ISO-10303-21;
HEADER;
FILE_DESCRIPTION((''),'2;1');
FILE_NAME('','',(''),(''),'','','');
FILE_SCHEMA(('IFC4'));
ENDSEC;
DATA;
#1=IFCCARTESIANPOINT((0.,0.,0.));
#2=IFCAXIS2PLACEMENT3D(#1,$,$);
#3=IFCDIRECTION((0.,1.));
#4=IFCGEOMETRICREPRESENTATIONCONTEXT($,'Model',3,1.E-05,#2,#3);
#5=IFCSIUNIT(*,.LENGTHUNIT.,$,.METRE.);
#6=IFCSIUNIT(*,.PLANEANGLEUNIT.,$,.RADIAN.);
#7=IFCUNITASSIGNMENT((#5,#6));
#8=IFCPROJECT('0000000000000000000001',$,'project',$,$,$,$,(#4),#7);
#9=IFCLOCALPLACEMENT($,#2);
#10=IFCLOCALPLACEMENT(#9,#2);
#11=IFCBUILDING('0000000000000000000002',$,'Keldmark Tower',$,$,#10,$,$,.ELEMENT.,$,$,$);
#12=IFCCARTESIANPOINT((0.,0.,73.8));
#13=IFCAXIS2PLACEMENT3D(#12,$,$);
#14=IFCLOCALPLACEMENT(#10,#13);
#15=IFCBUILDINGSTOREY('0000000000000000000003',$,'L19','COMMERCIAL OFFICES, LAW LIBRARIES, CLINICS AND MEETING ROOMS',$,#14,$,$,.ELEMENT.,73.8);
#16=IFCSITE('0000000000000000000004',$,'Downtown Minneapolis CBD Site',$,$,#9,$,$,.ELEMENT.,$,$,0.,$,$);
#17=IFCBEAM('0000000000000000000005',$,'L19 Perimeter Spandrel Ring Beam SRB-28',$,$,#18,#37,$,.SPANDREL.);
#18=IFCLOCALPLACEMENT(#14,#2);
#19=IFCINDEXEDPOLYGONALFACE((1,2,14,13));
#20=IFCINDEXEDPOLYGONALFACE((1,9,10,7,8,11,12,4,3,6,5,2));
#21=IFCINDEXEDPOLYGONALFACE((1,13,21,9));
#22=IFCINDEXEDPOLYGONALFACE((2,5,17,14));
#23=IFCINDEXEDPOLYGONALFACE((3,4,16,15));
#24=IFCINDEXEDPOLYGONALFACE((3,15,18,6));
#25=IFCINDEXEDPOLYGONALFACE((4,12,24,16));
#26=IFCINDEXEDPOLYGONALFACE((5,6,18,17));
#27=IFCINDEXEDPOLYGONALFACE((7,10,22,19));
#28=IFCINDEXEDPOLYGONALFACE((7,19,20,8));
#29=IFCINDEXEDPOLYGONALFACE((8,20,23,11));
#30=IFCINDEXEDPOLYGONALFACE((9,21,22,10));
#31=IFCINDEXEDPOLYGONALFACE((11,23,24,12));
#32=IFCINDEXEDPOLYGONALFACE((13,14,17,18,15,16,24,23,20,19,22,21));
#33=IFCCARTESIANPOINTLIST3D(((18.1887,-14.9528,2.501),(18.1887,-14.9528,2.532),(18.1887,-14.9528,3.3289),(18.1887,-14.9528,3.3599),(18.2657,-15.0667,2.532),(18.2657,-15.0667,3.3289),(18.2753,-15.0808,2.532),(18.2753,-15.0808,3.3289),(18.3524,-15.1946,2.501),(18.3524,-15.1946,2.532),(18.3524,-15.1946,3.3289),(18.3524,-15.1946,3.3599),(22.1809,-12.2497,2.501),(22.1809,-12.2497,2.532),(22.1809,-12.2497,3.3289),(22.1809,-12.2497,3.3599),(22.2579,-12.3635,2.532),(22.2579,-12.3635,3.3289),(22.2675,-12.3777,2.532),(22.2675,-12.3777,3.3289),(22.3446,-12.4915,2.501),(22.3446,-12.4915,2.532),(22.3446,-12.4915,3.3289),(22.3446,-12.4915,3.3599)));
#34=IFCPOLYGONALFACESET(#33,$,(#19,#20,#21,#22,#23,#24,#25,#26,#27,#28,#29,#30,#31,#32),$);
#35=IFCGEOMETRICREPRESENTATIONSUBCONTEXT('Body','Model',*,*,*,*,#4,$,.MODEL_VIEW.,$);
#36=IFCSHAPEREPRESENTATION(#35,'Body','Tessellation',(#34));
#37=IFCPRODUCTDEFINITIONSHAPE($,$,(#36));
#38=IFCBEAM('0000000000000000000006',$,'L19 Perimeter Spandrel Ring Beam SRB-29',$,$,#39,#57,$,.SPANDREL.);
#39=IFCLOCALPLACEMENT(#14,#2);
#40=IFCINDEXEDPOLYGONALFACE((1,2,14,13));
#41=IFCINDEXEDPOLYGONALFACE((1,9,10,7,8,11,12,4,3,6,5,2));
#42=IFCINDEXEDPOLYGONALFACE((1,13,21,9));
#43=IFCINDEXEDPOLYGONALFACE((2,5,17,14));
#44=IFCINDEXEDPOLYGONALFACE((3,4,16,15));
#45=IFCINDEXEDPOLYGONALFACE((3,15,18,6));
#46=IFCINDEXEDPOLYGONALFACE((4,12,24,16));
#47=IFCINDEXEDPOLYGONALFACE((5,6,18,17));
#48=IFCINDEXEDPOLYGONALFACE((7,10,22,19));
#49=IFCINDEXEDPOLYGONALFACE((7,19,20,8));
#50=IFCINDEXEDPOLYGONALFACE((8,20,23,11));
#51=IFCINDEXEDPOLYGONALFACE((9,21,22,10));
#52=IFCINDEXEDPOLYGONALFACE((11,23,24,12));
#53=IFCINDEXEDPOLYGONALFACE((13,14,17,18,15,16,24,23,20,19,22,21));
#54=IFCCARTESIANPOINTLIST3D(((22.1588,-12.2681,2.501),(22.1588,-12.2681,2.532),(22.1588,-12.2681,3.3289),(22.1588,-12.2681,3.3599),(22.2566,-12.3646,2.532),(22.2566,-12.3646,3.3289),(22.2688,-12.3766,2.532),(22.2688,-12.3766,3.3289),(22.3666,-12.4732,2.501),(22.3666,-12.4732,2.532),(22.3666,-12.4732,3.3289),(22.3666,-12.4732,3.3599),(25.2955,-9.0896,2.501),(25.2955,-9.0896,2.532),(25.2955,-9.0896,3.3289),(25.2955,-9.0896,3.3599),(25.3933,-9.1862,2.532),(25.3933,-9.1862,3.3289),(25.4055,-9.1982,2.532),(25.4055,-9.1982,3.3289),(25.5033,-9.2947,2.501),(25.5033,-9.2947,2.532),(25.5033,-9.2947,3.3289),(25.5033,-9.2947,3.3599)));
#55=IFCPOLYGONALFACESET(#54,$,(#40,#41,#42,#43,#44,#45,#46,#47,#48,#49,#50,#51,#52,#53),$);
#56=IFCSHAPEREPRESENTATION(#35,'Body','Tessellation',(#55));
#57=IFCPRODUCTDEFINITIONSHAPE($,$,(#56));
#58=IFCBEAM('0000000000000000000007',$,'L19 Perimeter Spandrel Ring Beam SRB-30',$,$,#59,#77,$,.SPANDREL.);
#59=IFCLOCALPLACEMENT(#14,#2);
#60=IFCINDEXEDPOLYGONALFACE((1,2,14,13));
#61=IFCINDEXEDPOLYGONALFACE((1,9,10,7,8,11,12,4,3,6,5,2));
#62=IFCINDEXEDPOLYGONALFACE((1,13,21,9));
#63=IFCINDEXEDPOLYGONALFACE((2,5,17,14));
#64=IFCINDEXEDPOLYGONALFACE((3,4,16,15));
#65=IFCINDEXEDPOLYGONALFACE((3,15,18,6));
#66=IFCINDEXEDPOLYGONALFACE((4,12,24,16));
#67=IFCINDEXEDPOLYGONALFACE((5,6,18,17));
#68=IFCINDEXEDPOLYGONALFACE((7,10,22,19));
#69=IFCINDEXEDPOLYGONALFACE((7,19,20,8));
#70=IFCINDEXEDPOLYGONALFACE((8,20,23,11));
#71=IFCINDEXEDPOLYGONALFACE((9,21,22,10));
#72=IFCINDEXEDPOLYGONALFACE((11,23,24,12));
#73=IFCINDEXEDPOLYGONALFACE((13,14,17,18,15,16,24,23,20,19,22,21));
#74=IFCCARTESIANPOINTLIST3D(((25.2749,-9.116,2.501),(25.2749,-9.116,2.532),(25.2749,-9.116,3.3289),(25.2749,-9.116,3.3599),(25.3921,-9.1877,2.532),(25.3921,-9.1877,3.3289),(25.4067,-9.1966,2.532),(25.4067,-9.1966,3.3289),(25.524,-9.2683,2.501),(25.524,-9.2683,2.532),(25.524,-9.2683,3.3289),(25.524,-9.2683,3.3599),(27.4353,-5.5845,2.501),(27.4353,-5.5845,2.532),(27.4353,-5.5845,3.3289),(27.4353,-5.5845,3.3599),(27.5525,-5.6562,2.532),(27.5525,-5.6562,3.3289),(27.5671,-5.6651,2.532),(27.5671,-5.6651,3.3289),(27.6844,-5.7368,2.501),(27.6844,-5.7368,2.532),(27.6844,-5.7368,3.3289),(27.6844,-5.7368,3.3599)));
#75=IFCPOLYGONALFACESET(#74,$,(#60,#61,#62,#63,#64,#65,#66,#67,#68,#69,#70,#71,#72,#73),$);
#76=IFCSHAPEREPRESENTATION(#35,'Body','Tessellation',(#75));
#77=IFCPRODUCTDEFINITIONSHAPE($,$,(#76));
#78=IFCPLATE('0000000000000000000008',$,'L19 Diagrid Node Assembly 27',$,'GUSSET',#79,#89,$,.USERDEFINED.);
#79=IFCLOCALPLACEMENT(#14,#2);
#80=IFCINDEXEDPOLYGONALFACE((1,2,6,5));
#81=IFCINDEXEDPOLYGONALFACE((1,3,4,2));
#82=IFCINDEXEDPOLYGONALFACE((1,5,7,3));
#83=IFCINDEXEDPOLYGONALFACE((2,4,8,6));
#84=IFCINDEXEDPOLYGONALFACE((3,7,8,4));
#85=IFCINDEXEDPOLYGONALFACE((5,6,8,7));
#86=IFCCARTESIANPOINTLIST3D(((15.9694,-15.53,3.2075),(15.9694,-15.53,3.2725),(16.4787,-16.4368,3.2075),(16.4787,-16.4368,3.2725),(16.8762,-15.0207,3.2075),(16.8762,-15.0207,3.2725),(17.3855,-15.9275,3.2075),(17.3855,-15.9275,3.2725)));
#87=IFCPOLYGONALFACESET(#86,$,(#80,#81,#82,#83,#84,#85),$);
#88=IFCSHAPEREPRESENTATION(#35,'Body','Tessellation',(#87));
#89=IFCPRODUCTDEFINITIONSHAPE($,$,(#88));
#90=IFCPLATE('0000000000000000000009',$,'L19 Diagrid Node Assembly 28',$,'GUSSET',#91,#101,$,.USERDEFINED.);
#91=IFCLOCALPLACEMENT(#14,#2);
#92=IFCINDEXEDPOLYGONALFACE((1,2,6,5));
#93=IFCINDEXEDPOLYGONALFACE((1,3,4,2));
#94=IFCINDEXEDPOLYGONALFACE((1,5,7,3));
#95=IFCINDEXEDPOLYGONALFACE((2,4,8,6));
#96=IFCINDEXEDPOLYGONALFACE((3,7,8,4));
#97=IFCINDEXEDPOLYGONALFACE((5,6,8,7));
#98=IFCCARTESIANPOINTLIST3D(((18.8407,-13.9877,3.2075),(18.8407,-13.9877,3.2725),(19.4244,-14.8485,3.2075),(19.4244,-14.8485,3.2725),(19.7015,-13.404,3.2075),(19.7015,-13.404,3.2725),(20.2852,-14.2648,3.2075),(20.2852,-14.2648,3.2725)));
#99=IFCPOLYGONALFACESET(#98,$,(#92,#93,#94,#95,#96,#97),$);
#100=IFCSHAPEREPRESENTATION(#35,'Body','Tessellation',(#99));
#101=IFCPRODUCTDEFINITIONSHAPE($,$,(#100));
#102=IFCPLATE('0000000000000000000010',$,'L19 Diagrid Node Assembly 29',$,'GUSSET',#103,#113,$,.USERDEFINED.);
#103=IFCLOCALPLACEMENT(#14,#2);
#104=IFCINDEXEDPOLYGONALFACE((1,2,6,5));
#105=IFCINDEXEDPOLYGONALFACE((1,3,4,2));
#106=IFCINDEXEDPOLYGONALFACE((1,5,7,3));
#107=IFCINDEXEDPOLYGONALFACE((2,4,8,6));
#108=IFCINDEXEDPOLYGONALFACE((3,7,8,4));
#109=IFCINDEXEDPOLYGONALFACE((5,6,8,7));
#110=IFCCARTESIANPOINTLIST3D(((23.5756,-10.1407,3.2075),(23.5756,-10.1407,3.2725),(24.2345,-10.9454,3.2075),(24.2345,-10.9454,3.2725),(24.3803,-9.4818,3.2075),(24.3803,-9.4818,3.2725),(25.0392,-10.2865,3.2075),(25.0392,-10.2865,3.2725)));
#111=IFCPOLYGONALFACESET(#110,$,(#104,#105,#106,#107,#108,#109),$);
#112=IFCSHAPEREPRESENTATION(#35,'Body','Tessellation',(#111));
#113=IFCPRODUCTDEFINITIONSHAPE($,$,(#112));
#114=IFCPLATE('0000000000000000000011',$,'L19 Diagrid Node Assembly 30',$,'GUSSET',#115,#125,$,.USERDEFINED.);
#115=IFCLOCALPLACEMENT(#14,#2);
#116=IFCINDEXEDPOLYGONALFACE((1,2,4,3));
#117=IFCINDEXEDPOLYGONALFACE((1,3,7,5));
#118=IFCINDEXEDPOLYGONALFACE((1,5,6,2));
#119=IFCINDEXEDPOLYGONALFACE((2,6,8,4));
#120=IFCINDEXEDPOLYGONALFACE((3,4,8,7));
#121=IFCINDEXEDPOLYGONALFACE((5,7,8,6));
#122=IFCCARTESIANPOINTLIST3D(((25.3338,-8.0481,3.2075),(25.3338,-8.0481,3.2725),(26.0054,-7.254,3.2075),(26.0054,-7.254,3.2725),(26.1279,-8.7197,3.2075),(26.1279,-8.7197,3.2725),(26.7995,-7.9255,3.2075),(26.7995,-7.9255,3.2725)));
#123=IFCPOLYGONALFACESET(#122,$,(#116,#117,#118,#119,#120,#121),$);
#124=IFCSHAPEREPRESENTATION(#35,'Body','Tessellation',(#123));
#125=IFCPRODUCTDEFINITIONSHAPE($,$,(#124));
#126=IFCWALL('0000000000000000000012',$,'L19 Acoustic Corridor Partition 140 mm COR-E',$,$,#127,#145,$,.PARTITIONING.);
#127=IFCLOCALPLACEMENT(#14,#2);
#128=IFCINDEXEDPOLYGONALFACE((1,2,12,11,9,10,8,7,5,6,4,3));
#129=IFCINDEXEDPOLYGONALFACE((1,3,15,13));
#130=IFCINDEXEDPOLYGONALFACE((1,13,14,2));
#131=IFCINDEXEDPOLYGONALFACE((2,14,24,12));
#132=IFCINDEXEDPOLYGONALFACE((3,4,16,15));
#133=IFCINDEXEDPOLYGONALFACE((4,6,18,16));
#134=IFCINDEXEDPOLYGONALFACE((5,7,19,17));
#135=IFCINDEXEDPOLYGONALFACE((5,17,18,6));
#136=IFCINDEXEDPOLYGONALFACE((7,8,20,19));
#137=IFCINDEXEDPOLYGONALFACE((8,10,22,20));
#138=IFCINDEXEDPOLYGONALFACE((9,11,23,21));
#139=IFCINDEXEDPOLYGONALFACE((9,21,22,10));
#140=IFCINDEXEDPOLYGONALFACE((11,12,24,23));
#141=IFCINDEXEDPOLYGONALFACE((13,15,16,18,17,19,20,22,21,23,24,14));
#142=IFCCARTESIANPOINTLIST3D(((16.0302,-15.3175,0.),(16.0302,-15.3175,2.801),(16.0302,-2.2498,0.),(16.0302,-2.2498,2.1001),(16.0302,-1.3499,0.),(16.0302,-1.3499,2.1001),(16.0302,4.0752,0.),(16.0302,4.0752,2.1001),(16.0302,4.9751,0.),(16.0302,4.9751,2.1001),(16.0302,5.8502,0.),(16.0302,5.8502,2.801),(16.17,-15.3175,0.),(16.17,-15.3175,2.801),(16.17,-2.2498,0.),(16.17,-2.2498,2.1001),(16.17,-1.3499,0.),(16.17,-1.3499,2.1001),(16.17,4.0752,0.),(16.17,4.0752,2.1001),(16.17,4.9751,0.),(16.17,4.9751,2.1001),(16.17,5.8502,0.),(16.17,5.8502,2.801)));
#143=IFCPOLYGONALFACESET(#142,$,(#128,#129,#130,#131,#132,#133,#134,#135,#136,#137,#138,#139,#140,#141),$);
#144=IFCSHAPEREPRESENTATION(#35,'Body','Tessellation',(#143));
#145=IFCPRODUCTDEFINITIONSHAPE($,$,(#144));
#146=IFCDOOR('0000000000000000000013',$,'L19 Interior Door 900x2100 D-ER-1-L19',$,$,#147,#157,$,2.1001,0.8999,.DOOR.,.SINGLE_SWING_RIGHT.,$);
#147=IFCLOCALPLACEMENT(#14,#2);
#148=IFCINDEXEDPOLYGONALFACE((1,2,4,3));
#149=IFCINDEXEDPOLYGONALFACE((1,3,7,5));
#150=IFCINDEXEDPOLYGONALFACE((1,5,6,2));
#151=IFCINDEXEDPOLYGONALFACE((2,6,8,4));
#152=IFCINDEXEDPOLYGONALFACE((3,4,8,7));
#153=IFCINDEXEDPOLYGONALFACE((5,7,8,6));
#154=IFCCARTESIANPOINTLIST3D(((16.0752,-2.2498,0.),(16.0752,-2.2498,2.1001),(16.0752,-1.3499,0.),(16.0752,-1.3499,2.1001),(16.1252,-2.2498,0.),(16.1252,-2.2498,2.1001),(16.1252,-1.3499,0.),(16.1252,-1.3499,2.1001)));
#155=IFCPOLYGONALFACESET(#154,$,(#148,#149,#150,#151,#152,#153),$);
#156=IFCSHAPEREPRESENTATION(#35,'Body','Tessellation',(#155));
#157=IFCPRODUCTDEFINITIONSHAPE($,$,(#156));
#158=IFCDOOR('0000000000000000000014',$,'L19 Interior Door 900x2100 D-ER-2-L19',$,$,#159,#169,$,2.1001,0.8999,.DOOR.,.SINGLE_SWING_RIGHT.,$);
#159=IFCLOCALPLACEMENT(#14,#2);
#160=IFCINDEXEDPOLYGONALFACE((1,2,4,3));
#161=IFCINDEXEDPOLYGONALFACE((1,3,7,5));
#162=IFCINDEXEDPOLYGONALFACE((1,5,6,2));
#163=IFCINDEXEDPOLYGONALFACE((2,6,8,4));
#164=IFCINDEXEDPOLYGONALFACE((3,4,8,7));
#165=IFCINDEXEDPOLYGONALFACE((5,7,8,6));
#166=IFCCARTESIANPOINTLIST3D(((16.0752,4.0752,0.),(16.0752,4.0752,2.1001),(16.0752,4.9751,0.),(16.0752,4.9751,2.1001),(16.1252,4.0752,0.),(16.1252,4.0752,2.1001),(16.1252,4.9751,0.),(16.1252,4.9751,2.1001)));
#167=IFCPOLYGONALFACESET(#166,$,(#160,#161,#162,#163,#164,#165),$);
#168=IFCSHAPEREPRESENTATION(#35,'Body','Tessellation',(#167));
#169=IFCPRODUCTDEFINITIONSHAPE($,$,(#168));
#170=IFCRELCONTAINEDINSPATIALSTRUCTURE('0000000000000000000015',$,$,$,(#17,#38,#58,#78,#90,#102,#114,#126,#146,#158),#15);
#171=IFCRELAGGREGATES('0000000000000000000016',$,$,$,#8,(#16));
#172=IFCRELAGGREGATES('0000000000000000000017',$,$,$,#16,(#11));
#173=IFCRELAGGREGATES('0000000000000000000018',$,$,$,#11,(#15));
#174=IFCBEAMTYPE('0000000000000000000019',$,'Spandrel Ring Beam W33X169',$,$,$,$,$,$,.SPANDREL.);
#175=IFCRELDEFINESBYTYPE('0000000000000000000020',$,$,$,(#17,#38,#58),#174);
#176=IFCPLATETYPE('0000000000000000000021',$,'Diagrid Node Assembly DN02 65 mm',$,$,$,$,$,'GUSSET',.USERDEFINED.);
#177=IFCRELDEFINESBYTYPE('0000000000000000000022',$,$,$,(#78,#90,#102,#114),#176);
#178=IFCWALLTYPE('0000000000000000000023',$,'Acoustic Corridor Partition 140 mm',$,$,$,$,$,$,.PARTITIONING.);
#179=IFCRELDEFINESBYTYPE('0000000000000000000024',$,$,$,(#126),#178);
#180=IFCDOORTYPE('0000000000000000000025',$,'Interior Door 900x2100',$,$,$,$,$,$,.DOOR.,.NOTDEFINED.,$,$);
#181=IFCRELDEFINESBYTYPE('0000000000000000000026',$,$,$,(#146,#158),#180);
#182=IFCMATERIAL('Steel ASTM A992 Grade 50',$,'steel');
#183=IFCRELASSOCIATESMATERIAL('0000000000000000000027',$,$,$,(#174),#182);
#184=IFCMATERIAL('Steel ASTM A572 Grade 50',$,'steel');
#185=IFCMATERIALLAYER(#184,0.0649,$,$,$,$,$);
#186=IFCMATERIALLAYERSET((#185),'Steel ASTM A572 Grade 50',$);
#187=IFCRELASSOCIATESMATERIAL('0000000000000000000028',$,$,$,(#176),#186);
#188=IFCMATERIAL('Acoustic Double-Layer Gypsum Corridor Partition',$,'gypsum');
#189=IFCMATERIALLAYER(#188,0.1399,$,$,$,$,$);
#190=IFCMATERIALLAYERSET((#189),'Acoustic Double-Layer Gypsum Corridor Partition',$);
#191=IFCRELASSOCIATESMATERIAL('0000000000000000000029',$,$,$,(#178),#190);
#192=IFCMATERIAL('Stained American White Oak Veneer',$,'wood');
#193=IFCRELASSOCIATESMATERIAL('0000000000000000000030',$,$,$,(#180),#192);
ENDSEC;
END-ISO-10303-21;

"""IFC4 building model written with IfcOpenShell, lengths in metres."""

from ifc_helpers import new_model, si_unit, direction, frame, frame_2d, origin, origin_2d, place, context, subcontext, project, spatial, rectangle, i_section, extrude, material, layer, layer_set, material_profile, profile_set, type_object, element, fill, save


model = new_model("IFC4")

# Units and contexts
model_context = context("Model", 3, precision=1e-05, world=origin(), true_north=direction((0.0, 1.0)))
body_context = subcontext(model_context, "Body", "Model", "MODEL_VIEW")
ifc_project = project(units=[si_unit("LENGTHUNIT", "METRE"), si_unit("PLANEANGLEUNIT", "RADIAN")], contexts=[model_context])

# Site, building, storey
site_placement = place(None, origin())
site = spatial("IfcSite", under=ifc_project, at=site_placement, Name="Downtown Minneapolis CBD Site", CompositionType="ELEMENT", RefElevation=0.0)
building_placement = place(site_placement, origin())
building = spatial("IfcBuilding", under=site, at=building_placement, Name="Keldmark Tower", CompositionType="ELEMENT")
storey_placement = place(building_placement, frame((0.0, 0.0, 73.8)))
storey = spatial("IfcBuildingStorey", under=building, at=storey_placement, Name="L19", Description="COMMERCIAL OFFICES, LAW LIBRARIES, CLINICS AND MEETING ROOMS", CompositionType="ELEMENT", Elevation=73.8)

# Beams
ifc_material_1 = material(Name="Steel ASTM A992 Grade 50", Category="steel")
ifc_material_profile_1 = material_profile(ifc_material_1, i_section(OverallWidth=0.292, OverallDepth=0.8589, WebThickness=0.0171, FlangeThickness=0.031, at=origin_2d()), Name="W33X169")
ifc_profile_set_1 = profile_set([ifc_material_profile_1], Name="Steel ASTM A992 Grade 50")
beam_type_1 = type_object("IfcBeamType", Name="Spandrel Ring Beam W33X169", PredefinedType="SPANDREL", material=ifc_profile_set_1)
beam_1_placement = place(storey_placement, frame((18.2705, -15.0737, 2.9304), z_axis=(0.82804, 0.560669, 0.0), x_axis=(-0.560669, 0.82804, 0.0)))
element("IfcBeam", 1, at=beam_1_placement, inside=storey, type_object=beam_type_1, Name="L19 Perimeter Spandrel Ring Beam SRB-28", PredefinedType="SPANDREL", context=body_context, shape_type="SweptSolid", body=[
    extrude(i_section(OverallWidth=0.292, OverallDepth=0.8589, WebThickness=0.0171, FlangeThickness=0.031, at=origin_2d()), origin(), (0.0, 0.0, 1.0), 4.8213),
])
beam_2_placement = place(storey_placement, frame((22.2627, -12.3706, 2.9304), z_axis=(0.702417, 0.711766, 0.0), x_axis=(-0.711766, 0.702417, 0.0)))
element("IfcBeam", 2, at=beam_2_placement, inside=storey, type_object=beam_type_1, Name="L19 Perimeter Spandrel Ring Beam SRB-29", PredefinedType="SPANDREL", context=body_context, shape_type="SweptSolid", body=[
    extrude(i_section(OverallWidth=0.292, OverallDepth=0.8589, WebThickness=0.0171, FlangeThickness=0.031, at=origin_2d()), origin(), (0.0, 0.0, 1.0), 4.4656),
])
beam_3_placement = place(storey_placement, frame((25.3994, -9.1921, 2.9304), z_axis=(0.521848, 0.853038, 0.0), x_axis=(-0.853038, 0.521848, 0.0)))
element("IfcBeam", 3, at=beam_3_placement, inside=storey, type_object=beam_type_1, Name="L19 Perimeter Spandrel Ring Beam SRB-30", PredefinedType="SPANDREL", context=body_context, shape_type="SweptSolid", body=[
    extrude(i_section(OverallWidth=0.292, OverallDepth=0.8589, WebThickness=0.0171, FlangeThickness=0.031, at=origin_2d()), origin(), (0.0, 0.0, 1.0), 4.1399),
])

# Plates
ifc_material_2 = material(Name="Steel ASTM A572 Grade 50", Category="steel")
ifc_layer_1 = layer(ifc_material_2, 0.0649)
ifc_layer_set_1 = layer_set([ifc_layer_1], Name="Steel ASTM A572 Grade 50")
plate_type = type_object("IfcPlateType", Name="Diagrid Node Assembly DN02 65 mm", ElementType="GUSSET", PredefinedType="USERDEFINED", material=ifc_layer_set_1)
for number, where, z_axis, x_axis, name in (
    (4, (16.6775, -15.7288, 3.2075), (0.0, 0.0, 1.0), (0.871898, 0.489687, 0.0), "L19 Diagrid Node Assembly 27"),
    (5, (19.563, -14.1262, 3.2075), (0.0, 0.0, 1.0), (0.827669, 0.561217, 0.0), "L19 Diagrid Node Assembly 28"),
    (6, (24.3074, -10.2136, 3.2075), (0.0, 0.0, 1.0), (0.77373, 0.633516, 0.0), "L19 Diagrid Node Assembly 29"),
    (7, (26.0667, -7.9868, 3.2075), (0.0, 0.0, 1.0), (0.645724, 0.763571, 0.0), "L19 Diagrid Node Assembly 30"),
):
    element("IfcPlate", number, at=place(storey_placement, frame(where, z_axis=z_axis, x_axis=x_axis)), inside=storey, type_object=plate_type, Name=name, ObjectType="GUSSET", PredefinedType="USERDEFINED", context=body_context, shape_type="SweptSolid", body=[
        extrude(rectangle(XDim=1.04, YDim=1.04, at=origin_2d()), origin(), (0.0, 0.0, 1.0), 0.0649),
    ])

# Wall, openings, doors
ifc_material_3 = material(Name="Acoustic Double-Layer Gypsum Corridor Partition", Category="gypsum")
ifc_layer_2 = layer(ifc_material_3, 0.1399)
ifc_layer_set_2 = layer_set([ifc_layer_2], Name="Acoustic Double-Layer Gypsum Corridor Partition")
wall_type_1 = type_object("IfcWallType", Name="Acoustic Corridor Partition 140 mm", PredefinedType="PARTITIONING", material=ifc_layer_set_2)
wall_1_placement = place(storey_placement, frame((16.1001, -15.3176, 0.0), z_axis=(0.0, 0.0, 1.0), x_axis=(0.0, 1.0, 0.0)))
wall_1 = element("IfcWall", 8, at=wall_1_placement, inside=storey, type_object=wall_type_1, Name="L19 Acoustic Corridor Partition 140 mm COR-E", PredefinedType="PARTITIONING", context=body_context, shape_type="SweptSolid", body=[
    extrude(rectangle(XDim=21.1677, YDim=0.1399, at=frame_2d((10.584, 0.0))), origin(), (0.0, 0.0, 1.0), 2.801),
])
opening_1_placement = place(wall_1_placement, frame((13.0679, 0.0, 0.0)))
opening_1 = element("IfcOpeningElement", 9, at=opening_1_placement, cuts=wall_1, PredefinedType="OPENING", context=body_context, shape_type="SweptSolid", body=[
    extrude(rectangle(XDim=0.8999, YDim=2.1001, at=frame_2d((0.45, 1.05))), frame((0.0, 0.0798, 0.0), z_axis=(0.0, -1.0, 0.0), x_axis=(1.0, 0.0, 0.0)), (0.0, 0.0, 1.0), 0.1599),
])
opening_2_placement = place(wall_1_placement, frame((19.3928, 0.0, 0.0)))
opening_2 = element("IfcOpeningElement", 10, at=opening_2_placement, cuts=wall_1, PredefinedType="OPENING", context=body_context, shape_type="SweptSolid", body=[
    extrude(rectangle(XDim=0.8999, YDim=2.1001, at=frame_2d((0.45, 1.05))), frame((0.0, 0.0798, 0.0), z_axis=(0.0, -1.0, 0.0), x_axis=(1.0, 0.0, 0.0)), (0.0, 0.0, 1.0), 0.1599),
])
ifc_material_4 = material(Name="Stained American White Oak Veneer", Category="wood")
door_type = type_object("IfcDoorType", Name="Interior Door 900x2100", OperationType="NOTDEFINED", PredefinedType="DOOR", material=ifc_material_4)
door_1_placement = place(opening_1_placement, origin())
door_1 = element("IfcDoor", 11, at=door_1_placement, inside=storey, type_object=door_type, Name="L19 Interior Door 900x2100 D-ER-1-L19", OperationType="SINGLE_SWING_RIGHT", OverallHeight=2.1001, OverallWidth=0.8999, PredefinedType="DOOR", context=body_context, shape_type="SweptSolid", body=[
    extrude(rectangle(XDim=0.8999, YDim=2.1001, at=frame_2d((0.45, 1.05))), frame((0.0, 0.0249, 0.0), z_axis=(0.0, -1.0, 0.0), x_axis=(1.0, 0.0, 0.0)), (0.0, 0.0, 1.0), 0.05),
])
fill(opening_1, door_1)
door_2_placement = place(opening_2_placement, origin())
door_2 = element("IfcDoor", 12, at=door_2_placement, inside=storey, type_object=door_type, Name="L19 Interior Door 900x2100 D-ER-2-L19", OperationType="SINGLE_SWING_RIGHT", OverallHeight=2.1001, OverallWidth=0.8999, PredefinedType="DOOR", context=body_context, shape_type="SweptSolid", body=[
    extrude(rectangle(XDim=0.8999, YDim=2.1001, at=frame_2d((0.45, 1.05))), frame((0.0, 0.0249, 0.0), z_axis=(0.0, -1.0, 0.0), x_axis=(1.0, 0.0, 0.0)), (0.0, 0.0, 1.0), 0.05),
])
fill(opening_2, door_2)

save(model, "model.ifc")
